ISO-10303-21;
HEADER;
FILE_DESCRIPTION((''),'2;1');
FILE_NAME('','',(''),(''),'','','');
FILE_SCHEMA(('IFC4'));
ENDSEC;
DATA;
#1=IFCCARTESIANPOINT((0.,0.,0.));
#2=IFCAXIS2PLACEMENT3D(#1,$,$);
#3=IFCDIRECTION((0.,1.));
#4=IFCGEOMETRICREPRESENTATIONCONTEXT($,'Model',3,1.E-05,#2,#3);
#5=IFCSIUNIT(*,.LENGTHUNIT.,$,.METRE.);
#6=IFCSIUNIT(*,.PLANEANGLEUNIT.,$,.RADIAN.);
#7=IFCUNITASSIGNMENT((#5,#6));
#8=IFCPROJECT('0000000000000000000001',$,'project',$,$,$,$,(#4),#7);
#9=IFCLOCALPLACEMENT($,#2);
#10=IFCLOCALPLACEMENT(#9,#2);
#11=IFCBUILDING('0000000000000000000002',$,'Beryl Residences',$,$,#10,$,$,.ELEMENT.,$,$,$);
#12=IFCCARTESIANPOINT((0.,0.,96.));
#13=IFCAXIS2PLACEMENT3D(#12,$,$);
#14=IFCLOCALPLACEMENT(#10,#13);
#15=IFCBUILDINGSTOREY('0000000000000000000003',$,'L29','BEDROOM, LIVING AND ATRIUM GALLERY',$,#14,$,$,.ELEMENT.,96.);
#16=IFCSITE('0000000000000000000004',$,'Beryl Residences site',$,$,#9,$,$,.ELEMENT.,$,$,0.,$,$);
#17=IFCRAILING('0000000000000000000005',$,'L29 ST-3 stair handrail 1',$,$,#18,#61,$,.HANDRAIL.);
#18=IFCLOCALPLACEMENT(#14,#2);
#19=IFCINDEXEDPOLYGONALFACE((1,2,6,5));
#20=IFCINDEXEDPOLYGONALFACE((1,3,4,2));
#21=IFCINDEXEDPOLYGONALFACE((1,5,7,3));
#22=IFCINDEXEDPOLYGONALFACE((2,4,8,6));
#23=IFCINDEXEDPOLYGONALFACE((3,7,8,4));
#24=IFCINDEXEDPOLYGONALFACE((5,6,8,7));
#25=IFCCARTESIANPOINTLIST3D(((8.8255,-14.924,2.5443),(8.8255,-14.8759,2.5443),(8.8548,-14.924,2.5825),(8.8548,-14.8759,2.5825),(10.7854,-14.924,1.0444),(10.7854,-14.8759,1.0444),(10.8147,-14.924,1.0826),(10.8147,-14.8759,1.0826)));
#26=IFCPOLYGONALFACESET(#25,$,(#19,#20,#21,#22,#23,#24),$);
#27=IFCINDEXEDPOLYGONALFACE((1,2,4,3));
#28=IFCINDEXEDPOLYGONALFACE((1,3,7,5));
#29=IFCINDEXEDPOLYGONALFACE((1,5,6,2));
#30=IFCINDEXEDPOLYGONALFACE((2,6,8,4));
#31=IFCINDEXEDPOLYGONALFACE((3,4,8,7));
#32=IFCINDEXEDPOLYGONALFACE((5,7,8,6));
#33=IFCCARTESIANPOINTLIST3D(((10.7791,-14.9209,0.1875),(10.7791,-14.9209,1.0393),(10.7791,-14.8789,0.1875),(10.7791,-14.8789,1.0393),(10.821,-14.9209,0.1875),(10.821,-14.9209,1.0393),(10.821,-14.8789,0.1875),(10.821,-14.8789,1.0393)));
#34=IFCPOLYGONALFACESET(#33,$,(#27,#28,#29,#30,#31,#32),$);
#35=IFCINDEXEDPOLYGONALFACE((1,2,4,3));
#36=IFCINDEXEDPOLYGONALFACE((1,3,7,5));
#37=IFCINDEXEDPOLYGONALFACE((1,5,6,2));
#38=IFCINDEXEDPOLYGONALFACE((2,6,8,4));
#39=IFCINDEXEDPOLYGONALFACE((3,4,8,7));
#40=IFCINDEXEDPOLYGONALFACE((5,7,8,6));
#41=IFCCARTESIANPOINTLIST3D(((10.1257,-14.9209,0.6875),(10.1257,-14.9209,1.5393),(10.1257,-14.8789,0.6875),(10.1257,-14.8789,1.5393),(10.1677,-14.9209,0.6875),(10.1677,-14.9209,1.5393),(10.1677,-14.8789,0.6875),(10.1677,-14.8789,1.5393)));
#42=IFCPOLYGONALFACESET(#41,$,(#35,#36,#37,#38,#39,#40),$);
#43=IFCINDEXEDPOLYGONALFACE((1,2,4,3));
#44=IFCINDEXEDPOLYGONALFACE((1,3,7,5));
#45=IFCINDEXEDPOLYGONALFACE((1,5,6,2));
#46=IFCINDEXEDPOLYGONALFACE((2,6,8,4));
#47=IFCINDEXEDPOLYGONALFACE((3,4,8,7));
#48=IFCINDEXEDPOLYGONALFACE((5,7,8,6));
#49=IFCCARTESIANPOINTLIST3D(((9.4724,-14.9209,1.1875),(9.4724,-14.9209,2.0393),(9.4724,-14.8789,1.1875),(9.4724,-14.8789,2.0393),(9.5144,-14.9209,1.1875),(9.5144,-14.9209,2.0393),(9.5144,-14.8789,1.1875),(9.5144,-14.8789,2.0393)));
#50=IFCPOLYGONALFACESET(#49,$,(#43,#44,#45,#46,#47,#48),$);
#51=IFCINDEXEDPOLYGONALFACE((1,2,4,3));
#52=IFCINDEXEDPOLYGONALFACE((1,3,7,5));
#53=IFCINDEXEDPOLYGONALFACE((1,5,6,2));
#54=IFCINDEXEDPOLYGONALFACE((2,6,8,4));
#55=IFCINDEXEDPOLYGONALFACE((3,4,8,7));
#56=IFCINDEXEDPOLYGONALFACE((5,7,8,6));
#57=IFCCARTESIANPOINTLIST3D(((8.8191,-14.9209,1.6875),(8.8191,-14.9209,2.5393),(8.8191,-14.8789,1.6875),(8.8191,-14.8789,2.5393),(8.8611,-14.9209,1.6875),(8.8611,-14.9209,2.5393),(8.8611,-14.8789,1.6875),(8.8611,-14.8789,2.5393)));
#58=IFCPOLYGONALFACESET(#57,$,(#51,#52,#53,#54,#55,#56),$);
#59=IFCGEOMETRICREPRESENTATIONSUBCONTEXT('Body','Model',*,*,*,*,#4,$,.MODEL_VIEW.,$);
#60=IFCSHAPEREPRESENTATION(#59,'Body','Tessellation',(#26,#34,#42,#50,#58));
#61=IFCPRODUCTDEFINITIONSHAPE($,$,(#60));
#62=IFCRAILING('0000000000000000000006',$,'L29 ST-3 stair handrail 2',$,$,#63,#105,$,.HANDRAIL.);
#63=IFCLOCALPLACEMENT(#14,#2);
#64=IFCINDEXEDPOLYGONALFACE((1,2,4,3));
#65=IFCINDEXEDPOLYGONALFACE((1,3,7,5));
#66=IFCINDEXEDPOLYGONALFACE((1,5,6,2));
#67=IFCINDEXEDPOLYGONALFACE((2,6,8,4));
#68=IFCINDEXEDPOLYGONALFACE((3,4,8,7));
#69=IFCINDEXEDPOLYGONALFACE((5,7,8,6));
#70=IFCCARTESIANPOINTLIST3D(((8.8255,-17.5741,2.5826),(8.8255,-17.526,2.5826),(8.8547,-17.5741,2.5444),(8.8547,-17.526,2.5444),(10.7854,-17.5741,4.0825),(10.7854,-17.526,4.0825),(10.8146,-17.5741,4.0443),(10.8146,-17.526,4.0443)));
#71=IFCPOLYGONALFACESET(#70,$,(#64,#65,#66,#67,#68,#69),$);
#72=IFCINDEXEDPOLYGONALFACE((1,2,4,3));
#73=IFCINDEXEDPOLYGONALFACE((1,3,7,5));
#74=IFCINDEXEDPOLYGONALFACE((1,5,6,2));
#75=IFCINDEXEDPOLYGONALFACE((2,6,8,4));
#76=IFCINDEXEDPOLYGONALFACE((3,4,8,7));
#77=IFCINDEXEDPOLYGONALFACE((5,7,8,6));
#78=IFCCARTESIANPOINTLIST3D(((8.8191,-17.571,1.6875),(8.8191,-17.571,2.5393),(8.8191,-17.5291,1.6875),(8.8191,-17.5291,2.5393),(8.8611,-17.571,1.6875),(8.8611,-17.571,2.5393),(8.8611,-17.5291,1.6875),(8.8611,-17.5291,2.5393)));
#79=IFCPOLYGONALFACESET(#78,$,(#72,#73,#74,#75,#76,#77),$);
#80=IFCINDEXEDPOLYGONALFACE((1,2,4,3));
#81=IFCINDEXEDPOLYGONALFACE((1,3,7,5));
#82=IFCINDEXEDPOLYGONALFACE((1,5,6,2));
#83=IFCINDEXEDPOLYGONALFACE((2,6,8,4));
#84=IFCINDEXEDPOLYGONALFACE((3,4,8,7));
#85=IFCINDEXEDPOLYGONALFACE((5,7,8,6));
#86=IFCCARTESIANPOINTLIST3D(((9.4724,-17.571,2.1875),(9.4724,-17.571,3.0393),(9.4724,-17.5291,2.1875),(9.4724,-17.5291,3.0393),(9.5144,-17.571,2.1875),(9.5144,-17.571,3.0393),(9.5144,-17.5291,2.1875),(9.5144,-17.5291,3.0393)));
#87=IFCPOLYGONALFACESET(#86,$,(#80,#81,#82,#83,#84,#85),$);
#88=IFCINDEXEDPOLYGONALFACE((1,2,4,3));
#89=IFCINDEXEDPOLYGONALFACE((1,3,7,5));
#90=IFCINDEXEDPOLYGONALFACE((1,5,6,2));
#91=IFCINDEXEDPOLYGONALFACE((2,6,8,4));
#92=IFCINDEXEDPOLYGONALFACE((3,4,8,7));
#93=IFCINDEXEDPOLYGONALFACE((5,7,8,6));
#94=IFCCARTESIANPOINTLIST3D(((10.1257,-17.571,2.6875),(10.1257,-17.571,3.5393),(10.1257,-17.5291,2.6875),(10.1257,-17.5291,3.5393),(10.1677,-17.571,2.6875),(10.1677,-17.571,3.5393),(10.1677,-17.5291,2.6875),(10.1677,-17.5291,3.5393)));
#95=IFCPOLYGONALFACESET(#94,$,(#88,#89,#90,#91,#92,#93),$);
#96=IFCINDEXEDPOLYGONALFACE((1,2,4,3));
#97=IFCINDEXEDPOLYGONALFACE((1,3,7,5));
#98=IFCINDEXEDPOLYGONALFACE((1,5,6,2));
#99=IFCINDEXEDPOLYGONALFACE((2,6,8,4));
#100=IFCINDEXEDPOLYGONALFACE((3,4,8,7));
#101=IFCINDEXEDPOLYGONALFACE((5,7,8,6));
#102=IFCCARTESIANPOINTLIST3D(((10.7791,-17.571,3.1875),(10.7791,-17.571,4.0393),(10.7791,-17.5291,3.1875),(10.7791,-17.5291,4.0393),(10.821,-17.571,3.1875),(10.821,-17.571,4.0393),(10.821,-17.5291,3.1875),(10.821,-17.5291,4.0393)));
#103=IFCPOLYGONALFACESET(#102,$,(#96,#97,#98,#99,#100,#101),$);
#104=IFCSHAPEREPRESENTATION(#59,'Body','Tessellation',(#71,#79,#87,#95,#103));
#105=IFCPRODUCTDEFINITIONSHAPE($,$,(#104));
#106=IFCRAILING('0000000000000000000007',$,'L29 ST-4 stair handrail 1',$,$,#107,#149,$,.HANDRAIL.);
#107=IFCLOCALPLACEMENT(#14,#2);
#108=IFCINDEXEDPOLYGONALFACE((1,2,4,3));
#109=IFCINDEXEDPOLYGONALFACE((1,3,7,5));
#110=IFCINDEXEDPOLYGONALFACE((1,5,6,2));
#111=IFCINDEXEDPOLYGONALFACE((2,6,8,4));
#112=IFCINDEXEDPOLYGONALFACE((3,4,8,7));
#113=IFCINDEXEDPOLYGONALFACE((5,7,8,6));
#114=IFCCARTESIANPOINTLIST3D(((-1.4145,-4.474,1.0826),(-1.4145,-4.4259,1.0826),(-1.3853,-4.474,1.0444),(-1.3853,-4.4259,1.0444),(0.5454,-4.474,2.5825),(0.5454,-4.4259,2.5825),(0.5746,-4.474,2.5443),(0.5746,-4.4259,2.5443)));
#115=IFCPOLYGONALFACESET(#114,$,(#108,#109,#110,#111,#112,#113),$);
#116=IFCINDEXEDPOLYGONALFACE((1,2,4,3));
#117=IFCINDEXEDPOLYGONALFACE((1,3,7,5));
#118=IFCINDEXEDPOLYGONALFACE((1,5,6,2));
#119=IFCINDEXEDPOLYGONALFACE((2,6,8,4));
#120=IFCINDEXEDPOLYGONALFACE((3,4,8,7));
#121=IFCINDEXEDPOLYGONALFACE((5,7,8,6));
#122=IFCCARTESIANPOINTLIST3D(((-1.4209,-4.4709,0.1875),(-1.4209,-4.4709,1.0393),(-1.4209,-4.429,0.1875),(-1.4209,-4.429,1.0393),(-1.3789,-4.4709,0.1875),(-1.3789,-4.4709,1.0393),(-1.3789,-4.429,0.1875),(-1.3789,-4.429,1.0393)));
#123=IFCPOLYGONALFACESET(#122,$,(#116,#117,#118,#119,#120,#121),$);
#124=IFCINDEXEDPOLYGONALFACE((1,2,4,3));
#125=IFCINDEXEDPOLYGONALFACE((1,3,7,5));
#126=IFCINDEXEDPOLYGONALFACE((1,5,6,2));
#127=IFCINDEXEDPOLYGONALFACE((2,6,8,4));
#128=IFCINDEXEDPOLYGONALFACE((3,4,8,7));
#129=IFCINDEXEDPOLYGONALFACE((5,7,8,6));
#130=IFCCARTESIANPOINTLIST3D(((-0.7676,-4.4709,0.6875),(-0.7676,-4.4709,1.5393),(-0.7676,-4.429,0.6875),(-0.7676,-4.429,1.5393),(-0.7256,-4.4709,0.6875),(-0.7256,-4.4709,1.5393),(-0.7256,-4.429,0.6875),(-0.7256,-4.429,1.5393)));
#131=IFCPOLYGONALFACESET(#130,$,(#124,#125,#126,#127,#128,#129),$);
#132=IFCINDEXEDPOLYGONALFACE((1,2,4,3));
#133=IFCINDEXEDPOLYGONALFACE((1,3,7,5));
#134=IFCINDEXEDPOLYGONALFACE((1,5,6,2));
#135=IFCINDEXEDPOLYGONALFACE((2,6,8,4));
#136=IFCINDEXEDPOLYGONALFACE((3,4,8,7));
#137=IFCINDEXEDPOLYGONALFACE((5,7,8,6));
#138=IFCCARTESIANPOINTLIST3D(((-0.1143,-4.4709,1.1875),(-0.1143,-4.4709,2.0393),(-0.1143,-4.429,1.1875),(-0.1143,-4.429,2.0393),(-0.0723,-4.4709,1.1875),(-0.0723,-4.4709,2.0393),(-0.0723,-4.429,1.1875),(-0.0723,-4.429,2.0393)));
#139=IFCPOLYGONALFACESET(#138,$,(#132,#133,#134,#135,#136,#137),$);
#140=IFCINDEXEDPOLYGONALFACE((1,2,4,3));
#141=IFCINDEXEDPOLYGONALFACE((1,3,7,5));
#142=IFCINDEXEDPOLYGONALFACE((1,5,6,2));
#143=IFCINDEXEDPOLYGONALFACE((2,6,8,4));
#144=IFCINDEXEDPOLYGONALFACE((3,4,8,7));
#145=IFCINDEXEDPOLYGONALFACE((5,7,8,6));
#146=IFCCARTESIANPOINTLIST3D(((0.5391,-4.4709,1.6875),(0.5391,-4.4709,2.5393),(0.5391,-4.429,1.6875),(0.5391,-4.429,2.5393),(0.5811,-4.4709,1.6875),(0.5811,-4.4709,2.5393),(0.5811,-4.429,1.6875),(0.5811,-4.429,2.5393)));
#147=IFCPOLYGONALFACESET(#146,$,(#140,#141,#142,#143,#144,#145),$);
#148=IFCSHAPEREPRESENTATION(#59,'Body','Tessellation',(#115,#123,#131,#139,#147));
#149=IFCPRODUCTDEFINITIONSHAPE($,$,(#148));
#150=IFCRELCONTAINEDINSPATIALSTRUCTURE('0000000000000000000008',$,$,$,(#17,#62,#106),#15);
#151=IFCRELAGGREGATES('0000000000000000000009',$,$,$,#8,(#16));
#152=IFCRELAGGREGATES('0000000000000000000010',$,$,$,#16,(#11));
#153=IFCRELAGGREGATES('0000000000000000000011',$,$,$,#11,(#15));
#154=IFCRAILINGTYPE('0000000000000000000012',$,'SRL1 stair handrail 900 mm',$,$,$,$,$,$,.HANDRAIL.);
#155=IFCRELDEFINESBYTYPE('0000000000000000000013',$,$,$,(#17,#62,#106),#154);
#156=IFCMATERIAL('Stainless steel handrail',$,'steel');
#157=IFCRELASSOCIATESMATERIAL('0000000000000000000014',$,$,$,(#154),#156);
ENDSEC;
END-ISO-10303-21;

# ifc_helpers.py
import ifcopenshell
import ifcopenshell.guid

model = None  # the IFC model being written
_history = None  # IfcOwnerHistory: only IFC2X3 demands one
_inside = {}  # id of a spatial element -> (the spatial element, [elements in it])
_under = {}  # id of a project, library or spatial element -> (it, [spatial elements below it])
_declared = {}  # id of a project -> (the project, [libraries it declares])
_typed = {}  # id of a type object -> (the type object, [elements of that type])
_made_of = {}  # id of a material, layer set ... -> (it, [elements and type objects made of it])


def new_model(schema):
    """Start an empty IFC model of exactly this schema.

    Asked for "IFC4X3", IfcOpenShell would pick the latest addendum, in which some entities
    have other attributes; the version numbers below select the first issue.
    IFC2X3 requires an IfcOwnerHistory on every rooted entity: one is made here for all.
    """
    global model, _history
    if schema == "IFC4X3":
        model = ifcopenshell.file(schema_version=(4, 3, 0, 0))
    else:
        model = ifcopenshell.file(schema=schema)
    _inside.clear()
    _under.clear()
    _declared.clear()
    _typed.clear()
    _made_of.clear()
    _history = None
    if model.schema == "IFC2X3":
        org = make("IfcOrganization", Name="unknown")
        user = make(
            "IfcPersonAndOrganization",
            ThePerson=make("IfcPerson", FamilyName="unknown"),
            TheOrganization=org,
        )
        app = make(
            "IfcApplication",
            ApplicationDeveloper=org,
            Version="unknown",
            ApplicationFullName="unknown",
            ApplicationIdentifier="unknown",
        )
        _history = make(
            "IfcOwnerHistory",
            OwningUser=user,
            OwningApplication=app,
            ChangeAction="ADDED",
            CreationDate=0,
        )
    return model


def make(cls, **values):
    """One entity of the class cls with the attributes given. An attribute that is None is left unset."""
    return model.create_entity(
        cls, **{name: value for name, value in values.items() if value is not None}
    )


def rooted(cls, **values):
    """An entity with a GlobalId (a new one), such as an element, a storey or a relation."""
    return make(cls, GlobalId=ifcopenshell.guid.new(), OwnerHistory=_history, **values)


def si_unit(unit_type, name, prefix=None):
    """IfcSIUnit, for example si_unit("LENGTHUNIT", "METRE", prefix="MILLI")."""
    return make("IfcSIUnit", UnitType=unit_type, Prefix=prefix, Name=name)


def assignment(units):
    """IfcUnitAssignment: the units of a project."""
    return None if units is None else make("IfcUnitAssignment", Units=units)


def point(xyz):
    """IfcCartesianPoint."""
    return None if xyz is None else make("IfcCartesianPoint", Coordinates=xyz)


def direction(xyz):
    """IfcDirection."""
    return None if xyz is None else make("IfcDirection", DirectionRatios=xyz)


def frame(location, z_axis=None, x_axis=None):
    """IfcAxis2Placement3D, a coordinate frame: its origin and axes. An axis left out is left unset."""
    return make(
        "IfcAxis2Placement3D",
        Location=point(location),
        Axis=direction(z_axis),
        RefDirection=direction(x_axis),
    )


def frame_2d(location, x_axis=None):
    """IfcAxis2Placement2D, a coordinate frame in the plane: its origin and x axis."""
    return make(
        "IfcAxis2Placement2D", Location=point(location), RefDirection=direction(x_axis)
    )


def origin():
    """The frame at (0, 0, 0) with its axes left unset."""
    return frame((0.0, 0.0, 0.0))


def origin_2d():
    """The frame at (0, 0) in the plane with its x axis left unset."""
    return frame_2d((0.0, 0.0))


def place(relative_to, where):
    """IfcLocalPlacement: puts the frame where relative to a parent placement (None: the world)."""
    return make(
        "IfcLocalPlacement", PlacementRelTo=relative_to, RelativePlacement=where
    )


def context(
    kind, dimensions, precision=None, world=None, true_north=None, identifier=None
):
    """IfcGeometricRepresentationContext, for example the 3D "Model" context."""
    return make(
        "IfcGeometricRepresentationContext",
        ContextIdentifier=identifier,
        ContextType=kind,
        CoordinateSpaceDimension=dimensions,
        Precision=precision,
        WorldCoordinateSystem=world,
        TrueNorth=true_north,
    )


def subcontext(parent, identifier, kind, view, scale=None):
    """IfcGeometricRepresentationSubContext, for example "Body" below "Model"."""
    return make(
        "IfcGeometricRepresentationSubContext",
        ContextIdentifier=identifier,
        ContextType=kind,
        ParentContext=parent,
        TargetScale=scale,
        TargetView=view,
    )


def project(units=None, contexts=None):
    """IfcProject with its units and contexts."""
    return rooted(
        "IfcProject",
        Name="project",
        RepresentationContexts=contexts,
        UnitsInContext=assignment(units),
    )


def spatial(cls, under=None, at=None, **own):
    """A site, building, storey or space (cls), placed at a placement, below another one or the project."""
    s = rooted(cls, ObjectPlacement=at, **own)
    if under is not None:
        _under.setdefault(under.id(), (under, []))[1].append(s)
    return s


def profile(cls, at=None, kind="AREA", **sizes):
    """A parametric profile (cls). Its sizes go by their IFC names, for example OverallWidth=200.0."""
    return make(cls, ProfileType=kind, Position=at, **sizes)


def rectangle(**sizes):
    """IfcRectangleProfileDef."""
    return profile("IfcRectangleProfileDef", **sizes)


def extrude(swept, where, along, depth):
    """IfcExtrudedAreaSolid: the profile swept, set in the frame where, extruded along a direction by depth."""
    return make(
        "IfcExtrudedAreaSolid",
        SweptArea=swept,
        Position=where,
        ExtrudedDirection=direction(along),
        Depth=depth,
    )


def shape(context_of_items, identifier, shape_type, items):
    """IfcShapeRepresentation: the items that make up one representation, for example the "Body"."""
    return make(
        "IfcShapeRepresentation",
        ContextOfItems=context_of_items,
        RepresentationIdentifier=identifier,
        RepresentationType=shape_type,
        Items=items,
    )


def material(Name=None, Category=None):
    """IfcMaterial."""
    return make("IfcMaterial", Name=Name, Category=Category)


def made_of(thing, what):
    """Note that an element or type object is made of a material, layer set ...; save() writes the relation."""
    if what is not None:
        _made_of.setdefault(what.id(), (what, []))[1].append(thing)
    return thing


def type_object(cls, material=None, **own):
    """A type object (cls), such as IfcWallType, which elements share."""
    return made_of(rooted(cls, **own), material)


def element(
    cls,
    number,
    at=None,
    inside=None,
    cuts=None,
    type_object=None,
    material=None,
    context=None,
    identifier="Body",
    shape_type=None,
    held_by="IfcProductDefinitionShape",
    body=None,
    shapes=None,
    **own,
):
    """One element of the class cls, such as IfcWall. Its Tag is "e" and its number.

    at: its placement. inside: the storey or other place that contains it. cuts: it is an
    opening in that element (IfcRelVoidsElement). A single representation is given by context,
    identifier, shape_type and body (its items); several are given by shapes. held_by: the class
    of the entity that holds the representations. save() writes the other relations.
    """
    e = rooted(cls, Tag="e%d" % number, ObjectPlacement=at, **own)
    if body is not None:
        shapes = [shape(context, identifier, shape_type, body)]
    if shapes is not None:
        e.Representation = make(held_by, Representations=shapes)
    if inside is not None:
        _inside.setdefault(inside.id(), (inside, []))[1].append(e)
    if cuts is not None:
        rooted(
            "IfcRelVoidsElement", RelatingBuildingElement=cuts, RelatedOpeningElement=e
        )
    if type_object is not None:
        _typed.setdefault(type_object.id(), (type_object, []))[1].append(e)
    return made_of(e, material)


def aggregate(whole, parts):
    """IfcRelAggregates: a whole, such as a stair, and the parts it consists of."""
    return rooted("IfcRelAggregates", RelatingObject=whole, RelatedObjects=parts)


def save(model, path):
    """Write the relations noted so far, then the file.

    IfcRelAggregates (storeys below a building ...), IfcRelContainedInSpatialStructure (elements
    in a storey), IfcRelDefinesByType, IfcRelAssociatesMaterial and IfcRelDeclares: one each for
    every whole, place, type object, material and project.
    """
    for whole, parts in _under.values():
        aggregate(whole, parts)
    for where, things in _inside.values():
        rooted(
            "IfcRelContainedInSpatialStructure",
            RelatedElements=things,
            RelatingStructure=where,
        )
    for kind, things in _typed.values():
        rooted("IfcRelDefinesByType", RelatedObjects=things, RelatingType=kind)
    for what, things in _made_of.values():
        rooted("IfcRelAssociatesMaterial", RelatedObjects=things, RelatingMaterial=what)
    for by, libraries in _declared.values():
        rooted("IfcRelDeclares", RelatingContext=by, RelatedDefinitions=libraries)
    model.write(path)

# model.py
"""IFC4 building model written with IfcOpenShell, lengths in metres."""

from ifc_helpers import new_model, si_unit, direction, frame, origin, origin_2d, place, context, subcontext, project, spatial, rectangle, extrude, material, type_object, element, save


model = new_model("IFC4")

# Units and contexts
model_context = context("Model", 3, precision=1e-05, world=origin(), true_north=direction((0.0, 1.0)))
body_context = subcontext(model_context, "Body", "Model", "MODEL_VIEW")
ifc_project = project(units=[si_unit("LENGTHUNIT", "METRE"), si_unit("PLANEANGLEUNIT", "RADIAN")], contexts=[model_context])

# Site, building, storey
site_placement = place(None, origin())
site = spatial("IfcSite", under=ifc_project, at=site_placement, Name="Beryl Residences site", CompositionType="ELEMENT", RefElevation=0.0)
building_placement = place(site_placement, origin())
building = spatial("IfcBuilding", under=site, at=building_placement, Name="Beryl Residences", CompositionType="ELEMENT")
storey_placement = place(building_placement, frame((0.0, 0.0, 96.0)))
storey = spatial("IfcBuildingStorey", under=building, at=storey_placement, Name="L29", Description="BEDROOM, LIVING AND ATRIUM GALLERY", CompositionType="ELEMENT", Elevation=96.0)

# Railings
ifc_material_1 = material(Name="Stainless steel handrail", Category="steel")
railing_type_1 = type_object("IfcRailingType", Name="SRL1 stair handrail 900 mm", PredefinedType="HANDRAIL", material=ifc_material_1)
railing_1_placement = place(storey_placement, frame((10.8, -14.8999, 0.1875)))
element("IfcRailing", 1, at=railing_1_placement, inside=storey, type_object=railing_type_1, Name="L29 ST-3 stair handrail 1", PredefinedType="HANDRAIL", context=body_context, shape_type="SweptSolid", body=[
    extrude(rectangle(XDim=0.0481, YDim=0.0481, at=origin_2d()), frame((0.0, 0.0, 0.876), z_axis=(-0.794122, 0.0, 0.607758), x_axis=(0.0, -1.0, 0.0)), (0.0, 0.0, 1.0), 2.468),
    extrude(rectangle(XDim=0.042, YDim=0.042, at=origin_2d()), origin(), (0.0, 0.0, 1.0), 0.8518),
    extrude(rectangle(XDim=0.042, YDim=0.042, at=origin_2d()), frame((-0.6533, 0.0, 0.5)), (0.0, 0.0, 1.0), 0.8518),
    extrude(rectangle(XDim=0.042, YDim=0.042, at=origin_2d()), frame((-1.3066, 0.0, 1.0)), (0.0, 0.0, 1.0), 0.8518),
    extrude(rectangle(XDim=0.042, YDim=0.042, at=origin_2d()), frame((-1.96, 0.0, 1.5)), (0.0, 0.0, 1.0), 0.8518),
])
for number, where, name in (
    (2, (8.8401, -17.55, 1.6875), "L29 ST-3 stair handrail 2"),
    (3, (-1.3999, -4.45, 0.1875), "L29 ST-4 stair handrail 1"),
):
    element("IfcRailing", number, at=place(storey_placement, frame(where)), inside=storey, type_object=railing_type_1, Name=name, PredefinedType="HANDRAIL", context=body_context, shape_type="SweptSolid", body=[
        extrude(rectangle(XDim=0.0481, YDim=0.0481, at=origin_2d()), frame((0.0, 0.0, 0.876), z_axis=(0.794122, 0.0, 0.607758), x_axis=(0.0, 1.0, 0.0)), (0.0, 0.0, 1.0), 2.468),
        extrude(rectangle(XDim=0.042, YDim=0.042, at=origin_2d()), origin(), (0.0, 0.0, 1.0), 0.8518),
        extrude(rectangle(XDim=0.042, YDim=0.042, at=origin_2d()), frame((0.6533, 0.0, 0.5)), (0.0, 0.0, 1.0), 0.8518),
        extrude(rectangle(XDim=0.042, YDim=0.042, at=origin_2d()), frame((1.3066, 0.0, 1.0)), (0.0, 0.0, 1.0), 0.8518),
        extrude(rectangle(XDim=0.042, YDim=0.042, at=origin_2d()), frame((1.96, 0.0, 1.5)), (0.0, 0.0, 1.0), 0.8518),
    ])

save(model, "model.ifc")
